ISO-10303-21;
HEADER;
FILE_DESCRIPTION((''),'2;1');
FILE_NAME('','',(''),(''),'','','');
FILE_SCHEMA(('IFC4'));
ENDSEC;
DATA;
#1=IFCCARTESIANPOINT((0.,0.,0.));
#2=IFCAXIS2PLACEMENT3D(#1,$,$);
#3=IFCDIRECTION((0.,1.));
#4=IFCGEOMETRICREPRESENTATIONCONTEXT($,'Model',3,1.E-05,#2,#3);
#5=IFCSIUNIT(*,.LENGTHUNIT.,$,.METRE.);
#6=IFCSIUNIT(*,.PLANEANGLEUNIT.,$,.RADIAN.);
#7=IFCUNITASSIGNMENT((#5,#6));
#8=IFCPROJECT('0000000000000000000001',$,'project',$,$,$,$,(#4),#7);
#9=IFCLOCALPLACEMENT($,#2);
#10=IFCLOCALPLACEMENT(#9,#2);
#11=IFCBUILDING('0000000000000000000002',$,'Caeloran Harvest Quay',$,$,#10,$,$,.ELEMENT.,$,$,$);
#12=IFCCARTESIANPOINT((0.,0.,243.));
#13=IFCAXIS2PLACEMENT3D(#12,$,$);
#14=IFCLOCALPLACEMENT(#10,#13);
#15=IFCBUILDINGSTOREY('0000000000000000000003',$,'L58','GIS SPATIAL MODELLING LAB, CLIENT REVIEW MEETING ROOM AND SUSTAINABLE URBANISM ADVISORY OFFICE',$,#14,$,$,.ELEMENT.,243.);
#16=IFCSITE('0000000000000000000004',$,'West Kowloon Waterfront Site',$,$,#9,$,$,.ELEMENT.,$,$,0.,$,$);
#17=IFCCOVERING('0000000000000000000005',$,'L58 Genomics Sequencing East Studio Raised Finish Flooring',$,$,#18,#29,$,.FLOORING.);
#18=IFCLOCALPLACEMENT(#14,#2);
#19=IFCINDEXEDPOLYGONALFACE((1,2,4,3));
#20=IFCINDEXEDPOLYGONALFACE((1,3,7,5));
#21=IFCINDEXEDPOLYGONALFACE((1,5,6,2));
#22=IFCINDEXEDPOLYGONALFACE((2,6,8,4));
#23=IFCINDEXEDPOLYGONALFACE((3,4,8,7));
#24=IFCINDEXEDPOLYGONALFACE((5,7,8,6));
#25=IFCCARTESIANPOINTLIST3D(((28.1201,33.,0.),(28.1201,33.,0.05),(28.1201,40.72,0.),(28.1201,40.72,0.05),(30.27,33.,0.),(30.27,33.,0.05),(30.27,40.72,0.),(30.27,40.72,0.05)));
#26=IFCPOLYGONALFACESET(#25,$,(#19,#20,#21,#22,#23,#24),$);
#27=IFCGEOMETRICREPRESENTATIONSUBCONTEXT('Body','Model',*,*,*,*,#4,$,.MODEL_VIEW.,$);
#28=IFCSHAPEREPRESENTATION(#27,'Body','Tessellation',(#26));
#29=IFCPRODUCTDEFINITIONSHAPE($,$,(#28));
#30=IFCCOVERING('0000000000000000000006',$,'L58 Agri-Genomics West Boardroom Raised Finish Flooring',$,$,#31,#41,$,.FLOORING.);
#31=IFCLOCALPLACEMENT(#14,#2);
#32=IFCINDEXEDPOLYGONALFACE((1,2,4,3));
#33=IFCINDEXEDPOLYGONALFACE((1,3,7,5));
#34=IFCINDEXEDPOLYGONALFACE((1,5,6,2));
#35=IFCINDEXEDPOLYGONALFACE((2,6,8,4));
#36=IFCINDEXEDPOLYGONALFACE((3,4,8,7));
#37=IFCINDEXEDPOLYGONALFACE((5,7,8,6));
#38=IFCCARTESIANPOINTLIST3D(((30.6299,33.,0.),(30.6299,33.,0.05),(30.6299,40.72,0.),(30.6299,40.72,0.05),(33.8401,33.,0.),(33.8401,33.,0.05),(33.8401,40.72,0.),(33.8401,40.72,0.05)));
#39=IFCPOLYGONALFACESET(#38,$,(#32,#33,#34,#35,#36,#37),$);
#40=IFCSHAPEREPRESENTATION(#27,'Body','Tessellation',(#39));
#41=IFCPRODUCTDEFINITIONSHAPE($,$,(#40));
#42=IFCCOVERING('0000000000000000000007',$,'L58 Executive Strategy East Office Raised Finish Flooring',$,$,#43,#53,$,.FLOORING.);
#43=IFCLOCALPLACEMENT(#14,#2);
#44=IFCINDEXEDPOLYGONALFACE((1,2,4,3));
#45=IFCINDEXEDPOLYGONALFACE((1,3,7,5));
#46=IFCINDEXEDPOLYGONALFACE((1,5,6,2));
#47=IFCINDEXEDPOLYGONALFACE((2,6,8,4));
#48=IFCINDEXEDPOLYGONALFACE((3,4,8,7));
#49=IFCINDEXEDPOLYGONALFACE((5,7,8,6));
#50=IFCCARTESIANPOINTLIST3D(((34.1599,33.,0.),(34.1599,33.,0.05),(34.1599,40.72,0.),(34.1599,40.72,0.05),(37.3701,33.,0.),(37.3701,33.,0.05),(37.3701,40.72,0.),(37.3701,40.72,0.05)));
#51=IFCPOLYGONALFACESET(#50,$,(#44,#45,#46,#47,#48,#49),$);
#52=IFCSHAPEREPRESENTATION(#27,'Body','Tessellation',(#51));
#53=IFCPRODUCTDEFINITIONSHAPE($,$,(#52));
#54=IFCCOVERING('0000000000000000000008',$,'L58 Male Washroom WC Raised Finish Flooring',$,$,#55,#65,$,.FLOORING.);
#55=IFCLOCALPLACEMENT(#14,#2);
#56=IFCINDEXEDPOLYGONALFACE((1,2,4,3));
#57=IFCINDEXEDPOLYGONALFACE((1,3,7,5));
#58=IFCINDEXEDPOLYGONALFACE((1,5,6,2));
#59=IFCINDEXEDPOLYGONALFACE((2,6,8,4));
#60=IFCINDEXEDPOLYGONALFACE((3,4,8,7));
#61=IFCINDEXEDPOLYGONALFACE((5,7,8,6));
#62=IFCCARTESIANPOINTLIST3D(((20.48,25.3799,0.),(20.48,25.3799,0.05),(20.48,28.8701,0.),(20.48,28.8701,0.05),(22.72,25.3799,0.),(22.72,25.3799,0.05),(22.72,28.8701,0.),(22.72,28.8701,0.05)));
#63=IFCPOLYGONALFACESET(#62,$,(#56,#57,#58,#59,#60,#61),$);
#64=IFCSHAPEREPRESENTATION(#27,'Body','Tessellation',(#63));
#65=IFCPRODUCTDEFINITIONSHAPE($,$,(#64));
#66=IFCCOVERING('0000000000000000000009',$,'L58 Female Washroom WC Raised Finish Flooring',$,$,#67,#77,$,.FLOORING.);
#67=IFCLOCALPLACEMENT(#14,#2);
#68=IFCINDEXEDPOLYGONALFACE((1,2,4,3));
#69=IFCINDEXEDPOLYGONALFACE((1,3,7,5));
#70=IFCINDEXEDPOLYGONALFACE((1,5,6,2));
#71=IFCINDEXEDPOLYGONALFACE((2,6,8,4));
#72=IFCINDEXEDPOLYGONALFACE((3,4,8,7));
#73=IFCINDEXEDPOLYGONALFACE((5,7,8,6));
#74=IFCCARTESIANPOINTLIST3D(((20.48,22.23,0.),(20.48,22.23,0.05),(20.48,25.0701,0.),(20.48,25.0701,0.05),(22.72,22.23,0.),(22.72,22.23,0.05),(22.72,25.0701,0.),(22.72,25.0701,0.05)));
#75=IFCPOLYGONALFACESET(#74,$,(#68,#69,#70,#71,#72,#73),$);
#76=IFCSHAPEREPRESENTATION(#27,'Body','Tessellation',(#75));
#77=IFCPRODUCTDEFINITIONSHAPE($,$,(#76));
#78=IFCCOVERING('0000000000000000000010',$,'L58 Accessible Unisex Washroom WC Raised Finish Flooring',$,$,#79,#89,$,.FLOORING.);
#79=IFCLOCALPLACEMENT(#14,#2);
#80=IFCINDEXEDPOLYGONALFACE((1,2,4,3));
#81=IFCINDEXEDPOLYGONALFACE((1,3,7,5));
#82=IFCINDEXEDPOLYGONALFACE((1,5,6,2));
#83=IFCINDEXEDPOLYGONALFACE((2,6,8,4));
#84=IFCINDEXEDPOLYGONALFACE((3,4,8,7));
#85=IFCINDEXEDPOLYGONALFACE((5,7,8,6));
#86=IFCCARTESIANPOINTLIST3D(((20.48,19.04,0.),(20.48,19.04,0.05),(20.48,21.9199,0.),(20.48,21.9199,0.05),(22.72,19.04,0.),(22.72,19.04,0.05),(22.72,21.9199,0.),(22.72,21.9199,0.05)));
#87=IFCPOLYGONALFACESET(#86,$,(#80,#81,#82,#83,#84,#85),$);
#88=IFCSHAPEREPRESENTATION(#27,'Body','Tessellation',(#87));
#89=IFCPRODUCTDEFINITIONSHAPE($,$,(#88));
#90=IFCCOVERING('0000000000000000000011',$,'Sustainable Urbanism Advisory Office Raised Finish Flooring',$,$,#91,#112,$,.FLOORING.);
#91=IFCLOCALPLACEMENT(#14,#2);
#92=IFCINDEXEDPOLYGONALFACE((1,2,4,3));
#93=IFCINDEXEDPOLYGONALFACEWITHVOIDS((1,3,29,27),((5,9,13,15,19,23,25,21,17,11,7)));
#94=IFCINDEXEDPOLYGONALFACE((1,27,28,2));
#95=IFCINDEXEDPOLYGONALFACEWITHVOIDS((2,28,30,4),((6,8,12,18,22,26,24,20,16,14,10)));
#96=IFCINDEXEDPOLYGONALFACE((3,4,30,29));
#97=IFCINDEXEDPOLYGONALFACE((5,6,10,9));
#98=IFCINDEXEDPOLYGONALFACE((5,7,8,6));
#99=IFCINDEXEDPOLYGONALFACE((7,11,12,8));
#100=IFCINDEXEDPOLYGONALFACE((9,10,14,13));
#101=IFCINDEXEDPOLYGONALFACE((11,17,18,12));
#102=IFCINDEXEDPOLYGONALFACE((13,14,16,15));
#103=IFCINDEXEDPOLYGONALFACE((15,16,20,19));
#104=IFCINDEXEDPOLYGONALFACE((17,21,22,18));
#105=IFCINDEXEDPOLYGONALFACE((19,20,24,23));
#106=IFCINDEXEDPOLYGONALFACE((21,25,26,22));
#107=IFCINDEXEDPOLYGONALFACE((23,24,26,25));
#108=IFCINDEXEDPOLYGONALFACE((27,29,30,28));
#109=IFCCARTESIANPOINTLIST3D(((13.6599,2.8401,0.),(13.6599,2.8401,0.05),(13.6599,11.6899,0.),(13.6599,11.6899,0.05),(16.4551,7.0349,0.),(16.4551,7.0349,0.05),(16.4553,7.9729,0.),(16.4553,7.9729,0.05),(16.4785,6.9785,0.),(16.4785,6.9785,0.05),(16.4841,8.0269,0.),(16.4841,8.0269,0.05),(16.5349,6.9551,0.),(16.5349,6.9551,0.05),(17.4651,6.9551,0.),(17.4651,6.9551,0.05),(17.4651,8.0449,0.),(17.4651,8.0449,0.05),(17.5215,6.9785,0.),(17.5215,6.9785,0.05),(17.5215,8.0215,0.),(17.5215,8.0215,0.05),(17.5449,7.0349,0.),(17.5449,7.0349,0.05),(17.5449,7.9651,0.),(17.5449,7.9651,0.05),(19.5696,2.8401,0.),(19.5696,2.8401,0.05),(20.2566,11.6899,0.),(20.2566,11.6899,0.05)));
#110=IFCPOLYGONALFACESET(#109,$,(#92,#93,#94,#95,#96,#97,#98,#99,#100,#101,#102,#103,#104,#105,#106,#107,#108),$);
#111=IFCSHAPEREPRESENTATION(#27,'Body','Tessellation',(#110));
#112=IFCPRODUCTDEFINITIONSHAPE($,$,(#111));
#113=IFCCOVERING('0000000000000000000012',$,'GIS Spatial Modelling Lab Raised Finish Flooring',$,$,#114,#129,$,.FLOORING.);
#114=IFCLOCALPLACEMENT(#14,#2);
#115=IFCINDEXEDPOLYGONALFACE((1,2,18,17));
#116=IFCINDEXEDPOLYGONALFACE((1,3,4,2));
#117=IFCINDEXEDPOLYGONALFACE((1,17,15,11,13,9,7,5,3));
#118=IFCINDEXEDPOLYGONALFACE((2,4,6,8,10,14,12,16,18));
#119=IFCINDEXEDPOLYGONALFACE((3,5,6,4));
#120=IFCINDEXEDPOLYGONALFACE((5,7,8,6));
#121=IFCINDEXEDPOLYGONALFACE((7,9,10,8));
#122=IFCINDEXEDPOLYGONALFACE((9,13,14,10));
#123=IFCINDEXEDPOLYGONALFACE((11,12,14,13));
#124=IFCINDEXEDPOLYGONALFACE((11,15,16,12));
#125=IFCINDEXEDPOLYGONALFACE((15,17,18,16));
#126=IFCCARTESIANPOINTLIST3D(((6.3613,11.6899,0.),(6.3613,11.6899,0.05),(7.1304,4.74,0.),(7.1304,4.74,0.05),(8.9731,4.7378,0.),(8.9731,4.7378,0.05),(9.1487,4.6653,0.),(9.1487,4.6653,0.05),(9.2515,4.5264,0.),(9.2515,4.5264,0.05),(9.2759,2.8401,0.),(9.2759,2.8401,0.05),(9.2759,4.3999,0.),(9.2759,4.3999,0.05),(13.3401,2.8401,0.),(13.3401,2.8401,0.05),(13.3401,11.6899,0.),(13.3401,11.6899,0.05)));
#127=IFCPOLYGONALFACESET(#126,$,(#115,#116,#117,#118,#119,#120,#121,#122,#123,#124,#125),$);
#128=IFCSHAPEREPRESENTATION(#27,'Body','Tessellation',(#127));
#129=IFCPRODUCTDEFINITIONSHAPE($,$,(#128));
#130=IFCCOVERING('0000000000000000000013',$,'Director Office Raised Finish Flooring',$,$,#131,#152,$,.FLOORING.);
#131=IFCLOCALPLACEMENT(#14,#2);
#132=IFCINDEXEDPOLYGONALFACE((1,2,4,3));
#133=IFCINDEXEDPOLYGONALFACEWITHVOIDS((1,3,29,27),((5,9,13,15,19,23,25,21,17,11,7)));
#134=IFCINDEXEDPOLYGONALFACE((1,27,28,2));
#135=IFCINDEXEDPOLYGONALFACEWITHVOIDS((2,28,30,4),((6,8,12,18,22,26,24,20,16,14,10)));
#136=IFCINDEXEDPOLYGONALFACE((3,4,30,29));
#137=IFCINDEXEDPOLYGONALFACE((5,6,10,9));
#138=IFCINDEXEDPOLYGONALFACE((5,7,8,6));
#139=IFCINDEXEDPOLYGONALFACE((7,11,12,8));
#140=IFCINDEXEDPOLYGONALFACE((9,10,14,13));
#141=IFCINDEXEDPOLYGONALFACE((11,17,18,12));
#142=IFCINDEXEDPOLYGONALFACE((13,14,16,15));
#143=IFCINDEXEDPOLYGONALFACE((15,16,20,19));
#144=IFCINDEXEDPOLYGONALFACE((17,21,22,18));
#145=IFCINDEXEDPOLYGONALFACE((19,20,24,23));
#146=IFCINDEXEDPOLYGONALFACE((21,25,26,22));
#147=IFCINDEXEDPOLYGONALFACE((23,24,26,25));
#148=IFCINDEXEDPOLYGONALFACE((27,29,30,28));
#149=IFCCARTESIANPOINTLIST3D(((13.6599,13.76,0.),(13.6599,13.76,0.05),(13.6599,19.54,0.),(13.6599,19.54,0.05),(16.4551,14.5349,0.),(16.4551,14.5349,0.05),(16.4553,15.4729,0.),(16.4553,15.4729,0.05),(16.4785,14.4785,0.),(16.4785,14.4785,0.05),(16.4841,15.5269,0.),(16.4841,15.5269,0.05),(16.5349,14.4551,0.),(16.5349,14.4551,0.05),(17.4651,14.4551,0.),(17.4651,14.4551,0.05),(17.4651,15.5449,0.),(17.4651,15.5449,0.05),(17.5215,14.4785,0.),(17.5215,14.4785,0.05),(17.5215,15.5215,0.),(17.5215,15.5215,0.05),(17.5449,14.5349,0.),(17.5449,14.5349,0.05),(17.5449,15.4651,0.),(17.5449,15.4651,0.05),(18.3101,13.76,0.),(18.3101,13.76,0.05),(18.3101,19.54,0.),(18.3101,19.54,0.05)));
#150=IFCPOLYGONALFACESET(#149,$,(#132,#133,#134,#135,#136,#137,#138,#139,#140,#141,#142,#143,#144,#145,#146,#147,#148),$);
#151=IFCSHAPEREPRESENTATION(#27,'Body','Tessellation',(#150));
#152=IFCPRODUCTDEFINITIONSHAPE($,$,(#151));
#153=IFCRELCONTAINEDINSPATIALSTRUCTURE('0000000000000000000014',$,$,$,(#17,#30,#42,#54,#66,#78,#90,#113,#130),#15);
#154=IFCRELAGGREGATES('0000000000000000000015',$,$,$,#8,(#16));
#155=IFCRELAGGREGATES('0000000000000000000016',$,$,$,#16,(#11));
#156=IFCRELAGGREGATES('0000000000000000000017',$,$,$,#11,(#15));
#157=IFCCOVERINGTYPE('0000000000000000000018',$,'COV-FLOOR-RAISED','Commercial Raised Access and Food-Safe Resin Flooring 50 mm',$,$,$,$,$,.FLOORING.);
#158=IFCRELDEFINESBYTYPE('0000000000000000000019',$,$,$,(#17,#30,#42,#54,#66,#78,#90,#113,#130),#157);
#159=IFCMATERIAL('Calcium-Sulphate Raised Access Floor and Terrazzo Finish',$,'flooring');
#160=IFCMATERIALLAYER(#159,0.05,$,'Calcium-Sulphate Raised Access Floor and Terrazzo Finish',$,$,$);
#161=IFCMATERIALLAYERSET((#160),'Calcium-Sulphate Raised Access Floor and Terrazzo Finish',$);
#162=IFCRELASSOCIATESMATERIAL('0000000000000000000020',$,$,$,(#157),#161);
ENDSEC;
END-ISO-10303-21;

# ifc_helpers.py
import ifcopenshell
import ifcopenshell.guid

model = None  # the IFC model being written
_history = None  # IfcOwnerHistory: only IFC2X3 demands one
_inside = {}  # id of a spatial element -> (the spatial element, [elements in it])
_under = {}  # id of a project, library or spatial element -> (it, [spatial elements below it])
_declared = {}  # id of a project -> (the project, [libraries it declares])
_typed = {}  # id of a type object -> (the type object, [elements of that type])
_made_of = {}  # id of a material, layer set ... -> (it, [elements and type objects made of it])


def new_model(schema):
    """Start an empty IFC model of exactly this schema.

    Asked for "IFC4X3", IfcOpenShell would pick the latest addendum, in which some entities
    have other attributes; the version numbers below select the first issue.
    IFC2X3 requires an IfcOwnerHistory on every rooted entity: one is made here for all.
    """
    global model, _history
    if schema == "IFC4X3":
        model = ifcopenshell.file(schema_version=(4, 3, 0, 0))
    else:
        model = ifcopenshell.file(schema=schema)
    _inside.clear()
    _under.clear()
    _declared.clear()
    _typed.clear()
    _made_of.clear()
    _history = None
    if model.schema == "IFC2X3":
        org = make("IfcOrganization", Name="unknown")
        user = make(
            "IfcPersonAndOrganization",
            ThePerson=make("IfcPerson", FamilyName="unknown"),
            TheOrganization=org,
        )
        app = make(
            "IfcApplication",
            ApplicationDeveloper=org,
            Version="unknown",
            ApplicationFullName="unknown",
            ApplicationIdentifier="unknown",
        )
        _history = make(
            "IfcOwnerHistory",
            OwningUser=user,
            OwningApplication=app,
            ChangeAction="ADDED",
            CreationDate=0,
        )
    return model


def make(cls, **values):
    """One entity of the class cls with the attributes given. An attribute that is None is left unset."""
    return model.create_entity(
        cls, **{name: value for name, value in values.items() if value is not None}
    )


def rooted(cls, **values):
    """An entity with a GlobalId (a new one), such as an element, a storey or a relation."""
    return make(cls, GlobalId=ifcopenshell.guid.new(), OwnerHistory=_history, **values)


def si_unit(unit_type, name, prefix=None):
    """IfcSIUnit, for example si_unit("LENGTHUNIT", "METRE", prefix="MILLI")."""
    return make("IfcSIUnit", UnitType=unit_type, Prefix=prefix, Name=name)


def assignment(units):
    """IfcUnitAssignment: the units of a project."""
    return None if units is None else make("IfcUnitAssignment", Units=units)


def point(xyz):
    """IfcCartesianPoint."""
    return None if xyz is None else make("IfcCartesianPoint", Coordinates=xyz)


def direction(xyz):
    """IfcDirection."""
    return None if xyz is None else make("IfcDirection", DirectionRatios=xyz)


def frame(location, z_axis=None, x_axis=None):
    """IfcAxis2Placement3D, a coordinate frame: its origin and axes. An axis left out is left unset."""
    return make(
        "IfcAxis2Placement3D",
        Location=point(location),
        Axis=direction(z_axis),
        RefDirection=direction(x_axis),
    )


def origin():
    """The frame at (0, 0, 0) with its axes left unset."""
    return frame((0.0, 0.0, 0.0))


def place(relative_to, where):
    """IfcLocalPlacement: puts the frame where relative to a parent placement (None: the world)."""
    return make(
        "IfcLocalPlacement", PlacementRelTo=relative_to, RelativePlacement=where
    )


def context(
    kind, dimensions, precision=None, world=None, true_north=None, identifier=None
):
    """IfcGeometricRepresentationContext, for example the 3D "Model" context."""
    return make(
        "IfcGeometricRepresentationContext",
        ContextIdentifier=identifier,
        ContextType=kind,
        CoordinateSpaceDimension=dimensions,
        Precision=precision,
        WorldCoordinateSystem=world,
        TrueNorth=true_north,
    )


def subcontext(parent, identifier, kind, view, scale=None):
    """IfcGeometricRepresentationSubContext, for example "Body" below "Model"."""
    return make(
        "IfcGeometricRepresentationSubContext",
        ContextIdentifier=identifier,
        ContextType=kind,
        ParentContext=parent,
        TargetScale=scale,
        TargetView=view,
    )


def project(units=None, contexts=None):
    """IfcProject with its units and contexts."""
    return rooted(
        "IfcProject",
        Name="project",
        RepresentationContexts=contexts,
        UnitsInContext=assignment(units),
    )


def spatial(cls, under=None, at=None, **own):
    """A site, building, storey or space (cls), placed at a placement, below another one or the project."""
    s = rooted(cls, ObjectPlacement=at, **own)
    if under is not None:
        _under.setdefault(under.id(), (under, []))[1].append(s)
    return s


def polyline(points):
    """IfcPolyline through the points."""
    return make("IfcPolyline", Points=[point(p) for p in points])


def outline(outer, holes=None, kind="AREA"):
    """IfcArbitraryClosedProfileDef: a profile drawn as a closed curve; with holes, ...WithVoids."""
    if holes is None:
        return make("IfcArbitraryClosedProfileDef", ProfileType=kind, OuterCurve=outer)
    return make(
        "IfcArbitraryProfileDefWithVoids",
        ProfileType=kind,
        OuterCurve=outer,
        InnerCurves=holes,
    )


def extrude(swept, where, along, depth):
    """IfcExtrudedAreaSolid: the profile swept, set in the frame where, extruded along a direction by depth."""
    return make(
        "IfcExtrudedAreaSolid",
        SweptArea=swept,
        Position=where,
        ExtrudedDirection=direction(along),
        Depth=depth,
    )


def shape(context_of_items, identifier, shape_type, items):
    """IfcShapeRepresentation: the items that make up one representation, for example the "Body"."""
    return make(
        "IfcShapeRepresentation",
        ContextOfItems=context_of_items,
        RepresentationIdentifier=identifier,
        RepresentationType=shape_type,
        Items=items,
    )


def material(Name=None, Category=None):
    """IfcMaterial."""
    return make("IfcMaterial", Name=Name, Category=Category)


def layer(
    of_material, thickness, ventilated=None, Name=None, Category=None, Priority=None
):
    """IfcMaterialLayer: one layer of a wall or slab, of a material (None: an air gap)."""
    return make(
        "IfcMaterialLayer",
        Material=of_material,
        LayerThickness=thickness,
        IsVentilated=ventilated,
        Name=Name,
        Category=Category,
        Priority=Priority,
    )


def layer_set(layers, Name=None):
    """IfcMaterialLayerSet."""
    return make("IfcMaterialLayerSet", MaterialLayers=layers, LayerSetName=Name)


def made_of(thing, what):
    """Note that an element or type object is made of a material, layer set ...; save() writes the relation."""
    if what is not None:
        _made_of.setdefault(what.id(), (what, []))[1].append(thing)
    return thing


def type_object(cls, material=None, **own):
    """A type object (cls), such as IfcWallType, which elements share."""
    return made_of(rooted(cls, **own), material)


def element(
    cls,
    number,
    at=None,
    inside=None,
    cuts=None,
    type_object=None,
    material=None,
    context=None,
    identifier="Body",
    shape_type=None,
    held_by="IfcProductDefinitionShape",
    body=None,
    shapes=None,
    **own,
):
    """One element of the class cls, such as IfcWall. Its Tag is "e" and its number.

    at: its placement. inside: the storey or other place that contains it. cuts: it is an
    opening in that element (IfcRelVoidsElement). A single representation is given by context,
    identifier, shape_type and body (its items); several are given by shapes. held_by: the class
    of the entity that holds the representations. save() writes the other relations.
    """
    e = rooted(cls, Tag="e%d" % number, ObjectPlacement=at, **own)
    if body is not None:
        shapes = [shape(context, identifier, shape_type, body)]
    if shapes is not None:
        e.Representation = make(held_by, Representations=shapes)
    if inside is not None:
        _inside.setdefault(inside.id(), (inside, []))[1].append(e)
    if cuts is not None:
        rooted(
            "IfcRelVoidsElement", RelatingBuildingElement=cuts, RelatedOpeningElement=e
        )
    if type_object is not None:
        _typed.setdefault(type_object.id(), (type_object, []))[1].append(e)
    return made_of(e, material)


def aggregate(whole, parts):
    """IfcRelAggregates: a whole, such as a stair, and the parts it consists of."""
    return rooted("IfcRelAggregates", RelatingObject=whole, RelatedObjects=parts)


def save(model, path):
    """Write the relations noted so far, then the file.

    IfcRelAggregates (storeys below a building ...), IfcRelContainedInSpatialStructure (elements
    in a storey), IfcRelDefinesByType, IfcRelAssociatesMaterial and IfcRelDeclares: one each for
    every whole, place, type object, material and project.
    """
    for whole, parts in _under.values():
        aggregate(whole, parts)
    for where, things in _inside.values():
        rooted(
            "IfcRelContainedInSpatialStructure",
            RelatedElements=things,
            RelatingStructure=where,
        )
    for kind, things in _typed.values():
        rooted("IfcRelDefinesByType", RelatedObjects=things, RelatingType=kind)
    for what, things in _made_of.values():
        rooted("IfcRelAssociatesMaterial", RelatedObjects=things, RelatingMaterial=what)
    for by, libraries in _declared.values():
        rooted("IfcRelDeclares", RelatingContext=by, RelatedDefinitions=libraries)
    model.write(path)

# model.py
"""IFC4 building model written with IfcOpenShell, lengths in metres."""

from ifc_helpers import new_model, si_unit, direction, frame, origin, place, context, subcontext, project, spatial, polyline, outline, extrude, material, layer, layer_set, type_object, element, save


model = new_model("IFC4")

# Units and contexts
model_context = context("Model", 3, precision=1e-05, world=origin(), true_north=direction((0.0, 1.0)))
body_context = subcontext(model_context, "Body", "Model", "MODEL_VIEW")
ifc_project = project(units=[si_unit("LENGTHUNIT", "METRE"), si_unit("PLANEANGLEUNIT", "RADIAN")], contexts=[model_context])

# Site, building, storey
site_placement = place(None, origin())
site = spatial("IfcSite", under=ifc_project, at=site_placement, Name="West Kowloon Waterfront Site", CompositionType="ELEMENT", RefElevation=0.0)
building_placement = place(site_placement, origin())
building = spatial("IfcBuilding", under=site, at=building_placement, Name="Caeloran Harvest Quay", CompositionType="ELEMENT")
storey_placement = place(building_placement, frame((0.0, 0.0, 243.0)))
storey = spatial("IfcBuildingStorey", under=building, at=storey_placement, Name="L58", Description="GIS SPATIAL MODELLING LAB, CLIENT REVIEW MEETING ROOM AND SUSTAINABLE URBANISM ADVISORY OFFICE", CompositionType="ELEMENT", Elevation=243.0)

# Coverings
ifc_material_1 = material(Name="Calcium-Sulphate Raised Access Floor and Terrazzo Finish", Category="flooring")
ifc_layer_1 = layer(ifc_material_1, 0.05, Name="Calcium-Sulphate Raised Access Floor and Terrazzo Finish")
ifc_layer_set_1 = layer_set([ifc_layer_1], Name="Calcium-Sulphate Raised Access Floor and Terrazzo Finish")
covering_type_1 = type_object("IfcCoveringType", Name="COV-FLOOR-RAISED", Description="Commercial Raised Access and Food-Safe Resin Flooring 50 mm", PredefinedType="FLOORING", material=ifc_layer_set_1)
covering_1_placement = place(storey_placement, origin())
element("IfcCovering", 1, at=covering_1_placement, inside=storey, type_object=covering_type_1, Name="L58 Genomics Sequencing East Studio Raised Finish Flooring", PredefinedType="FLOORING", context=body_context, shape_type="SweptSolid", body=[
    extrude(outline(polyline([(30.27, 40.72), (30.27, 33.0), (28.1201, 33.0), (28.1201, 40.72), (30.27, 40.72)])), origin(), (0.0, 0.0, 1.0), 0.05),
])
covering_2_placement = place(storey_placement, origin())
element("IfcCovering", 2, at=covering_2_placement, inside=storey, type_object=covering_type_1, Name="L58 Agri-Genomics West Boardroom Raised Finish Flooring", PredefinedType="FLOORING", context=body_context, shape_type="SweptSolid", body=[
    extrude(outline(polyline([(33.8401, 40.72), (33.8401, 33.0), (30.6299, 33.0), (30.6299, 40.72), (33.8401, 40.72)])), origin(), (0.0, 0.0, 1.0), 0.05),
])
covering_3_placement = place(storey_placement, origin())
element("IfcCovering", 3, at=covering_3_placement, inside=storey, type_object=covering_type_1, Name="L58 Executive Strategy East Office Raised Finish Flooring", PredefinedType="FLOORING", context=body_context, shape_type="SweptSolid", body=[
    extrude(outline(polyline([(37.3701, 40.72), (37.3701, 33.0), (34.1599, 33.0), (34.1599, 40.72), (37.3701, 40.72)])), origin(), (0.0, 0.0, 1.0), 0.05),
])
covering_4_placement = place(storey_placement, origin())
element("IfcCovering", 4, at=covering_4_placement, inside=storey, type_object=covering_type_1, Name="L58 Male Washroom WC Raised Finish Flooring", PredefinedType="FLOORING", context=body_context, shape_type="SweptSolid", body=[
    extrude(outline(polyline([(22.72, 28.8701), (22.72, 25.3799), (20.48, 25.3799), (20.48, 28.8701), (22.72, 28.8701)])), origin(), (0.0, 0.0, 1.0), 0.05),
])
covering_5_placement = place(storey_placement, origin())
element("IfcCovering", 5, at=covering_5_placement, inside=storey, type_object=covering_type_1, Name="L58 Female Washroom WC Raised Finish Flooring", PredefinedType="FLOORING", context=body_context, shape_type="SweptSolid", body=[
    extrude(outline(polyline([(22.72, 25.0701), (22.72, 22.23), (20.48, 22.23), (20.48, 25.0701), (22.72, 25.0701)])), origin(), (0.0, 0.0, 1.0), 0.05),
])
covering_6_placement = place(storey_placement, origin())
element("IfcCovering", 6, at=covering_6_placement, inside=storey, type_object=covering_type_1, Name="L58 Accessible Unisex Washroom WC Raised Finish Flooring", PredefinedType="FLOORING", context=body_context, shape_type="SweptSolid", body=[
    extrude(outline(polyline([(22.72, 21.9199), (22.72, 19.04), (20.48, 19.04), (20.48, 21.9199), (22.72, 21.9199)])), origin(), (0.0, 0.0, 1.0), 0.05),
])
covering_7_placement = place(storey_placement, origin())
element("IfcCovering", 7, at=covering_7_placement, inside=storey, type_object=covering_type_1, Name="Sustainable Urbanism Advisory Office Raised Finish Flooring", PredefinedType="FLOORING", context=body_context, shape_type="SweptSolid", body=[
    extrude(outline(polyline([(13.6599, 2.8401), (13.6599, 11.6899), (20.2566, 11.6899), (19.5696, 2.8401), (13.6599, 2.8401)]), holes=[polyline([(17.4651, 8.0449), (16.4841, 8.0269), (16.4553, 7.9729), (16.4551, 7.0349), (16.4785, 6.9785), (16.5349, 6.9551), (17.4651, 6.9551), (17.5215, 6.9785), (17.5449, 7.0349), (17.5449, 7.9651), (17.5215, 8.0215), (17.4651, 8.0449)])]), origin(), (0.0, 0.0, 1.0), 0.05),
])
covering_8_placement = place(storey_placement, origin())
element("IfcCovering", 8, at=covering_8_placement, inside=storey, type_object=covering_type_1, Name="GIS Spatial Modelling Lab Raised Finish Flooring", PredefinedType="FLOORING", context=body_context, shape_type="SweptSolid", body=[
    extrude(outline(polyline([(9.2515, 4.5264), (9.1487, 4.6653), (8.9731, 4.7378), (7.1304, 4.74), (6.3613, 11.6899), (13.3401, 11.6899), (13.3401, 2.8401), (9.2759, 2.8401), (9.2759, 4.3999), (9.2515, 4.5264)])), origin(), (0.0, 0.0, 1.0), 0.05),
])
covering_9_placement = place(storey_placement, origin())
element("IfcCovering", 9, at=covering_9_placement, inside=storey, type_object=covering_type_1, Name="Director Office Raised Finish Flooring", PredefinedType="FLOORING", context=body_context, shape_type="SweptSolid", body=[
    extrude(outline(polyline([(18.3101, 19.54), (18.3101, 13.76), (13.6599, 13.76), (13.6599, 19.54), (18.3101, 19.54)]), holes=[polyline([(17.4651, 15.5449), (16.4841, 15.5269), (16.4553, 15.4729), (16.4551, 14.5349), (16.4785, 14.4785), (16.5349, 14.4551), (17.4651, 14.4551), (17.5215, 14.4785), (17.5449, 14.5349), (17.5449, 15.4651), (17.5215, 15.5215), (17.4651, 15.5449)])]), origin(), (0.0, 0.0, 1.0), 0.05),
])

save(model, "model.ifc")
